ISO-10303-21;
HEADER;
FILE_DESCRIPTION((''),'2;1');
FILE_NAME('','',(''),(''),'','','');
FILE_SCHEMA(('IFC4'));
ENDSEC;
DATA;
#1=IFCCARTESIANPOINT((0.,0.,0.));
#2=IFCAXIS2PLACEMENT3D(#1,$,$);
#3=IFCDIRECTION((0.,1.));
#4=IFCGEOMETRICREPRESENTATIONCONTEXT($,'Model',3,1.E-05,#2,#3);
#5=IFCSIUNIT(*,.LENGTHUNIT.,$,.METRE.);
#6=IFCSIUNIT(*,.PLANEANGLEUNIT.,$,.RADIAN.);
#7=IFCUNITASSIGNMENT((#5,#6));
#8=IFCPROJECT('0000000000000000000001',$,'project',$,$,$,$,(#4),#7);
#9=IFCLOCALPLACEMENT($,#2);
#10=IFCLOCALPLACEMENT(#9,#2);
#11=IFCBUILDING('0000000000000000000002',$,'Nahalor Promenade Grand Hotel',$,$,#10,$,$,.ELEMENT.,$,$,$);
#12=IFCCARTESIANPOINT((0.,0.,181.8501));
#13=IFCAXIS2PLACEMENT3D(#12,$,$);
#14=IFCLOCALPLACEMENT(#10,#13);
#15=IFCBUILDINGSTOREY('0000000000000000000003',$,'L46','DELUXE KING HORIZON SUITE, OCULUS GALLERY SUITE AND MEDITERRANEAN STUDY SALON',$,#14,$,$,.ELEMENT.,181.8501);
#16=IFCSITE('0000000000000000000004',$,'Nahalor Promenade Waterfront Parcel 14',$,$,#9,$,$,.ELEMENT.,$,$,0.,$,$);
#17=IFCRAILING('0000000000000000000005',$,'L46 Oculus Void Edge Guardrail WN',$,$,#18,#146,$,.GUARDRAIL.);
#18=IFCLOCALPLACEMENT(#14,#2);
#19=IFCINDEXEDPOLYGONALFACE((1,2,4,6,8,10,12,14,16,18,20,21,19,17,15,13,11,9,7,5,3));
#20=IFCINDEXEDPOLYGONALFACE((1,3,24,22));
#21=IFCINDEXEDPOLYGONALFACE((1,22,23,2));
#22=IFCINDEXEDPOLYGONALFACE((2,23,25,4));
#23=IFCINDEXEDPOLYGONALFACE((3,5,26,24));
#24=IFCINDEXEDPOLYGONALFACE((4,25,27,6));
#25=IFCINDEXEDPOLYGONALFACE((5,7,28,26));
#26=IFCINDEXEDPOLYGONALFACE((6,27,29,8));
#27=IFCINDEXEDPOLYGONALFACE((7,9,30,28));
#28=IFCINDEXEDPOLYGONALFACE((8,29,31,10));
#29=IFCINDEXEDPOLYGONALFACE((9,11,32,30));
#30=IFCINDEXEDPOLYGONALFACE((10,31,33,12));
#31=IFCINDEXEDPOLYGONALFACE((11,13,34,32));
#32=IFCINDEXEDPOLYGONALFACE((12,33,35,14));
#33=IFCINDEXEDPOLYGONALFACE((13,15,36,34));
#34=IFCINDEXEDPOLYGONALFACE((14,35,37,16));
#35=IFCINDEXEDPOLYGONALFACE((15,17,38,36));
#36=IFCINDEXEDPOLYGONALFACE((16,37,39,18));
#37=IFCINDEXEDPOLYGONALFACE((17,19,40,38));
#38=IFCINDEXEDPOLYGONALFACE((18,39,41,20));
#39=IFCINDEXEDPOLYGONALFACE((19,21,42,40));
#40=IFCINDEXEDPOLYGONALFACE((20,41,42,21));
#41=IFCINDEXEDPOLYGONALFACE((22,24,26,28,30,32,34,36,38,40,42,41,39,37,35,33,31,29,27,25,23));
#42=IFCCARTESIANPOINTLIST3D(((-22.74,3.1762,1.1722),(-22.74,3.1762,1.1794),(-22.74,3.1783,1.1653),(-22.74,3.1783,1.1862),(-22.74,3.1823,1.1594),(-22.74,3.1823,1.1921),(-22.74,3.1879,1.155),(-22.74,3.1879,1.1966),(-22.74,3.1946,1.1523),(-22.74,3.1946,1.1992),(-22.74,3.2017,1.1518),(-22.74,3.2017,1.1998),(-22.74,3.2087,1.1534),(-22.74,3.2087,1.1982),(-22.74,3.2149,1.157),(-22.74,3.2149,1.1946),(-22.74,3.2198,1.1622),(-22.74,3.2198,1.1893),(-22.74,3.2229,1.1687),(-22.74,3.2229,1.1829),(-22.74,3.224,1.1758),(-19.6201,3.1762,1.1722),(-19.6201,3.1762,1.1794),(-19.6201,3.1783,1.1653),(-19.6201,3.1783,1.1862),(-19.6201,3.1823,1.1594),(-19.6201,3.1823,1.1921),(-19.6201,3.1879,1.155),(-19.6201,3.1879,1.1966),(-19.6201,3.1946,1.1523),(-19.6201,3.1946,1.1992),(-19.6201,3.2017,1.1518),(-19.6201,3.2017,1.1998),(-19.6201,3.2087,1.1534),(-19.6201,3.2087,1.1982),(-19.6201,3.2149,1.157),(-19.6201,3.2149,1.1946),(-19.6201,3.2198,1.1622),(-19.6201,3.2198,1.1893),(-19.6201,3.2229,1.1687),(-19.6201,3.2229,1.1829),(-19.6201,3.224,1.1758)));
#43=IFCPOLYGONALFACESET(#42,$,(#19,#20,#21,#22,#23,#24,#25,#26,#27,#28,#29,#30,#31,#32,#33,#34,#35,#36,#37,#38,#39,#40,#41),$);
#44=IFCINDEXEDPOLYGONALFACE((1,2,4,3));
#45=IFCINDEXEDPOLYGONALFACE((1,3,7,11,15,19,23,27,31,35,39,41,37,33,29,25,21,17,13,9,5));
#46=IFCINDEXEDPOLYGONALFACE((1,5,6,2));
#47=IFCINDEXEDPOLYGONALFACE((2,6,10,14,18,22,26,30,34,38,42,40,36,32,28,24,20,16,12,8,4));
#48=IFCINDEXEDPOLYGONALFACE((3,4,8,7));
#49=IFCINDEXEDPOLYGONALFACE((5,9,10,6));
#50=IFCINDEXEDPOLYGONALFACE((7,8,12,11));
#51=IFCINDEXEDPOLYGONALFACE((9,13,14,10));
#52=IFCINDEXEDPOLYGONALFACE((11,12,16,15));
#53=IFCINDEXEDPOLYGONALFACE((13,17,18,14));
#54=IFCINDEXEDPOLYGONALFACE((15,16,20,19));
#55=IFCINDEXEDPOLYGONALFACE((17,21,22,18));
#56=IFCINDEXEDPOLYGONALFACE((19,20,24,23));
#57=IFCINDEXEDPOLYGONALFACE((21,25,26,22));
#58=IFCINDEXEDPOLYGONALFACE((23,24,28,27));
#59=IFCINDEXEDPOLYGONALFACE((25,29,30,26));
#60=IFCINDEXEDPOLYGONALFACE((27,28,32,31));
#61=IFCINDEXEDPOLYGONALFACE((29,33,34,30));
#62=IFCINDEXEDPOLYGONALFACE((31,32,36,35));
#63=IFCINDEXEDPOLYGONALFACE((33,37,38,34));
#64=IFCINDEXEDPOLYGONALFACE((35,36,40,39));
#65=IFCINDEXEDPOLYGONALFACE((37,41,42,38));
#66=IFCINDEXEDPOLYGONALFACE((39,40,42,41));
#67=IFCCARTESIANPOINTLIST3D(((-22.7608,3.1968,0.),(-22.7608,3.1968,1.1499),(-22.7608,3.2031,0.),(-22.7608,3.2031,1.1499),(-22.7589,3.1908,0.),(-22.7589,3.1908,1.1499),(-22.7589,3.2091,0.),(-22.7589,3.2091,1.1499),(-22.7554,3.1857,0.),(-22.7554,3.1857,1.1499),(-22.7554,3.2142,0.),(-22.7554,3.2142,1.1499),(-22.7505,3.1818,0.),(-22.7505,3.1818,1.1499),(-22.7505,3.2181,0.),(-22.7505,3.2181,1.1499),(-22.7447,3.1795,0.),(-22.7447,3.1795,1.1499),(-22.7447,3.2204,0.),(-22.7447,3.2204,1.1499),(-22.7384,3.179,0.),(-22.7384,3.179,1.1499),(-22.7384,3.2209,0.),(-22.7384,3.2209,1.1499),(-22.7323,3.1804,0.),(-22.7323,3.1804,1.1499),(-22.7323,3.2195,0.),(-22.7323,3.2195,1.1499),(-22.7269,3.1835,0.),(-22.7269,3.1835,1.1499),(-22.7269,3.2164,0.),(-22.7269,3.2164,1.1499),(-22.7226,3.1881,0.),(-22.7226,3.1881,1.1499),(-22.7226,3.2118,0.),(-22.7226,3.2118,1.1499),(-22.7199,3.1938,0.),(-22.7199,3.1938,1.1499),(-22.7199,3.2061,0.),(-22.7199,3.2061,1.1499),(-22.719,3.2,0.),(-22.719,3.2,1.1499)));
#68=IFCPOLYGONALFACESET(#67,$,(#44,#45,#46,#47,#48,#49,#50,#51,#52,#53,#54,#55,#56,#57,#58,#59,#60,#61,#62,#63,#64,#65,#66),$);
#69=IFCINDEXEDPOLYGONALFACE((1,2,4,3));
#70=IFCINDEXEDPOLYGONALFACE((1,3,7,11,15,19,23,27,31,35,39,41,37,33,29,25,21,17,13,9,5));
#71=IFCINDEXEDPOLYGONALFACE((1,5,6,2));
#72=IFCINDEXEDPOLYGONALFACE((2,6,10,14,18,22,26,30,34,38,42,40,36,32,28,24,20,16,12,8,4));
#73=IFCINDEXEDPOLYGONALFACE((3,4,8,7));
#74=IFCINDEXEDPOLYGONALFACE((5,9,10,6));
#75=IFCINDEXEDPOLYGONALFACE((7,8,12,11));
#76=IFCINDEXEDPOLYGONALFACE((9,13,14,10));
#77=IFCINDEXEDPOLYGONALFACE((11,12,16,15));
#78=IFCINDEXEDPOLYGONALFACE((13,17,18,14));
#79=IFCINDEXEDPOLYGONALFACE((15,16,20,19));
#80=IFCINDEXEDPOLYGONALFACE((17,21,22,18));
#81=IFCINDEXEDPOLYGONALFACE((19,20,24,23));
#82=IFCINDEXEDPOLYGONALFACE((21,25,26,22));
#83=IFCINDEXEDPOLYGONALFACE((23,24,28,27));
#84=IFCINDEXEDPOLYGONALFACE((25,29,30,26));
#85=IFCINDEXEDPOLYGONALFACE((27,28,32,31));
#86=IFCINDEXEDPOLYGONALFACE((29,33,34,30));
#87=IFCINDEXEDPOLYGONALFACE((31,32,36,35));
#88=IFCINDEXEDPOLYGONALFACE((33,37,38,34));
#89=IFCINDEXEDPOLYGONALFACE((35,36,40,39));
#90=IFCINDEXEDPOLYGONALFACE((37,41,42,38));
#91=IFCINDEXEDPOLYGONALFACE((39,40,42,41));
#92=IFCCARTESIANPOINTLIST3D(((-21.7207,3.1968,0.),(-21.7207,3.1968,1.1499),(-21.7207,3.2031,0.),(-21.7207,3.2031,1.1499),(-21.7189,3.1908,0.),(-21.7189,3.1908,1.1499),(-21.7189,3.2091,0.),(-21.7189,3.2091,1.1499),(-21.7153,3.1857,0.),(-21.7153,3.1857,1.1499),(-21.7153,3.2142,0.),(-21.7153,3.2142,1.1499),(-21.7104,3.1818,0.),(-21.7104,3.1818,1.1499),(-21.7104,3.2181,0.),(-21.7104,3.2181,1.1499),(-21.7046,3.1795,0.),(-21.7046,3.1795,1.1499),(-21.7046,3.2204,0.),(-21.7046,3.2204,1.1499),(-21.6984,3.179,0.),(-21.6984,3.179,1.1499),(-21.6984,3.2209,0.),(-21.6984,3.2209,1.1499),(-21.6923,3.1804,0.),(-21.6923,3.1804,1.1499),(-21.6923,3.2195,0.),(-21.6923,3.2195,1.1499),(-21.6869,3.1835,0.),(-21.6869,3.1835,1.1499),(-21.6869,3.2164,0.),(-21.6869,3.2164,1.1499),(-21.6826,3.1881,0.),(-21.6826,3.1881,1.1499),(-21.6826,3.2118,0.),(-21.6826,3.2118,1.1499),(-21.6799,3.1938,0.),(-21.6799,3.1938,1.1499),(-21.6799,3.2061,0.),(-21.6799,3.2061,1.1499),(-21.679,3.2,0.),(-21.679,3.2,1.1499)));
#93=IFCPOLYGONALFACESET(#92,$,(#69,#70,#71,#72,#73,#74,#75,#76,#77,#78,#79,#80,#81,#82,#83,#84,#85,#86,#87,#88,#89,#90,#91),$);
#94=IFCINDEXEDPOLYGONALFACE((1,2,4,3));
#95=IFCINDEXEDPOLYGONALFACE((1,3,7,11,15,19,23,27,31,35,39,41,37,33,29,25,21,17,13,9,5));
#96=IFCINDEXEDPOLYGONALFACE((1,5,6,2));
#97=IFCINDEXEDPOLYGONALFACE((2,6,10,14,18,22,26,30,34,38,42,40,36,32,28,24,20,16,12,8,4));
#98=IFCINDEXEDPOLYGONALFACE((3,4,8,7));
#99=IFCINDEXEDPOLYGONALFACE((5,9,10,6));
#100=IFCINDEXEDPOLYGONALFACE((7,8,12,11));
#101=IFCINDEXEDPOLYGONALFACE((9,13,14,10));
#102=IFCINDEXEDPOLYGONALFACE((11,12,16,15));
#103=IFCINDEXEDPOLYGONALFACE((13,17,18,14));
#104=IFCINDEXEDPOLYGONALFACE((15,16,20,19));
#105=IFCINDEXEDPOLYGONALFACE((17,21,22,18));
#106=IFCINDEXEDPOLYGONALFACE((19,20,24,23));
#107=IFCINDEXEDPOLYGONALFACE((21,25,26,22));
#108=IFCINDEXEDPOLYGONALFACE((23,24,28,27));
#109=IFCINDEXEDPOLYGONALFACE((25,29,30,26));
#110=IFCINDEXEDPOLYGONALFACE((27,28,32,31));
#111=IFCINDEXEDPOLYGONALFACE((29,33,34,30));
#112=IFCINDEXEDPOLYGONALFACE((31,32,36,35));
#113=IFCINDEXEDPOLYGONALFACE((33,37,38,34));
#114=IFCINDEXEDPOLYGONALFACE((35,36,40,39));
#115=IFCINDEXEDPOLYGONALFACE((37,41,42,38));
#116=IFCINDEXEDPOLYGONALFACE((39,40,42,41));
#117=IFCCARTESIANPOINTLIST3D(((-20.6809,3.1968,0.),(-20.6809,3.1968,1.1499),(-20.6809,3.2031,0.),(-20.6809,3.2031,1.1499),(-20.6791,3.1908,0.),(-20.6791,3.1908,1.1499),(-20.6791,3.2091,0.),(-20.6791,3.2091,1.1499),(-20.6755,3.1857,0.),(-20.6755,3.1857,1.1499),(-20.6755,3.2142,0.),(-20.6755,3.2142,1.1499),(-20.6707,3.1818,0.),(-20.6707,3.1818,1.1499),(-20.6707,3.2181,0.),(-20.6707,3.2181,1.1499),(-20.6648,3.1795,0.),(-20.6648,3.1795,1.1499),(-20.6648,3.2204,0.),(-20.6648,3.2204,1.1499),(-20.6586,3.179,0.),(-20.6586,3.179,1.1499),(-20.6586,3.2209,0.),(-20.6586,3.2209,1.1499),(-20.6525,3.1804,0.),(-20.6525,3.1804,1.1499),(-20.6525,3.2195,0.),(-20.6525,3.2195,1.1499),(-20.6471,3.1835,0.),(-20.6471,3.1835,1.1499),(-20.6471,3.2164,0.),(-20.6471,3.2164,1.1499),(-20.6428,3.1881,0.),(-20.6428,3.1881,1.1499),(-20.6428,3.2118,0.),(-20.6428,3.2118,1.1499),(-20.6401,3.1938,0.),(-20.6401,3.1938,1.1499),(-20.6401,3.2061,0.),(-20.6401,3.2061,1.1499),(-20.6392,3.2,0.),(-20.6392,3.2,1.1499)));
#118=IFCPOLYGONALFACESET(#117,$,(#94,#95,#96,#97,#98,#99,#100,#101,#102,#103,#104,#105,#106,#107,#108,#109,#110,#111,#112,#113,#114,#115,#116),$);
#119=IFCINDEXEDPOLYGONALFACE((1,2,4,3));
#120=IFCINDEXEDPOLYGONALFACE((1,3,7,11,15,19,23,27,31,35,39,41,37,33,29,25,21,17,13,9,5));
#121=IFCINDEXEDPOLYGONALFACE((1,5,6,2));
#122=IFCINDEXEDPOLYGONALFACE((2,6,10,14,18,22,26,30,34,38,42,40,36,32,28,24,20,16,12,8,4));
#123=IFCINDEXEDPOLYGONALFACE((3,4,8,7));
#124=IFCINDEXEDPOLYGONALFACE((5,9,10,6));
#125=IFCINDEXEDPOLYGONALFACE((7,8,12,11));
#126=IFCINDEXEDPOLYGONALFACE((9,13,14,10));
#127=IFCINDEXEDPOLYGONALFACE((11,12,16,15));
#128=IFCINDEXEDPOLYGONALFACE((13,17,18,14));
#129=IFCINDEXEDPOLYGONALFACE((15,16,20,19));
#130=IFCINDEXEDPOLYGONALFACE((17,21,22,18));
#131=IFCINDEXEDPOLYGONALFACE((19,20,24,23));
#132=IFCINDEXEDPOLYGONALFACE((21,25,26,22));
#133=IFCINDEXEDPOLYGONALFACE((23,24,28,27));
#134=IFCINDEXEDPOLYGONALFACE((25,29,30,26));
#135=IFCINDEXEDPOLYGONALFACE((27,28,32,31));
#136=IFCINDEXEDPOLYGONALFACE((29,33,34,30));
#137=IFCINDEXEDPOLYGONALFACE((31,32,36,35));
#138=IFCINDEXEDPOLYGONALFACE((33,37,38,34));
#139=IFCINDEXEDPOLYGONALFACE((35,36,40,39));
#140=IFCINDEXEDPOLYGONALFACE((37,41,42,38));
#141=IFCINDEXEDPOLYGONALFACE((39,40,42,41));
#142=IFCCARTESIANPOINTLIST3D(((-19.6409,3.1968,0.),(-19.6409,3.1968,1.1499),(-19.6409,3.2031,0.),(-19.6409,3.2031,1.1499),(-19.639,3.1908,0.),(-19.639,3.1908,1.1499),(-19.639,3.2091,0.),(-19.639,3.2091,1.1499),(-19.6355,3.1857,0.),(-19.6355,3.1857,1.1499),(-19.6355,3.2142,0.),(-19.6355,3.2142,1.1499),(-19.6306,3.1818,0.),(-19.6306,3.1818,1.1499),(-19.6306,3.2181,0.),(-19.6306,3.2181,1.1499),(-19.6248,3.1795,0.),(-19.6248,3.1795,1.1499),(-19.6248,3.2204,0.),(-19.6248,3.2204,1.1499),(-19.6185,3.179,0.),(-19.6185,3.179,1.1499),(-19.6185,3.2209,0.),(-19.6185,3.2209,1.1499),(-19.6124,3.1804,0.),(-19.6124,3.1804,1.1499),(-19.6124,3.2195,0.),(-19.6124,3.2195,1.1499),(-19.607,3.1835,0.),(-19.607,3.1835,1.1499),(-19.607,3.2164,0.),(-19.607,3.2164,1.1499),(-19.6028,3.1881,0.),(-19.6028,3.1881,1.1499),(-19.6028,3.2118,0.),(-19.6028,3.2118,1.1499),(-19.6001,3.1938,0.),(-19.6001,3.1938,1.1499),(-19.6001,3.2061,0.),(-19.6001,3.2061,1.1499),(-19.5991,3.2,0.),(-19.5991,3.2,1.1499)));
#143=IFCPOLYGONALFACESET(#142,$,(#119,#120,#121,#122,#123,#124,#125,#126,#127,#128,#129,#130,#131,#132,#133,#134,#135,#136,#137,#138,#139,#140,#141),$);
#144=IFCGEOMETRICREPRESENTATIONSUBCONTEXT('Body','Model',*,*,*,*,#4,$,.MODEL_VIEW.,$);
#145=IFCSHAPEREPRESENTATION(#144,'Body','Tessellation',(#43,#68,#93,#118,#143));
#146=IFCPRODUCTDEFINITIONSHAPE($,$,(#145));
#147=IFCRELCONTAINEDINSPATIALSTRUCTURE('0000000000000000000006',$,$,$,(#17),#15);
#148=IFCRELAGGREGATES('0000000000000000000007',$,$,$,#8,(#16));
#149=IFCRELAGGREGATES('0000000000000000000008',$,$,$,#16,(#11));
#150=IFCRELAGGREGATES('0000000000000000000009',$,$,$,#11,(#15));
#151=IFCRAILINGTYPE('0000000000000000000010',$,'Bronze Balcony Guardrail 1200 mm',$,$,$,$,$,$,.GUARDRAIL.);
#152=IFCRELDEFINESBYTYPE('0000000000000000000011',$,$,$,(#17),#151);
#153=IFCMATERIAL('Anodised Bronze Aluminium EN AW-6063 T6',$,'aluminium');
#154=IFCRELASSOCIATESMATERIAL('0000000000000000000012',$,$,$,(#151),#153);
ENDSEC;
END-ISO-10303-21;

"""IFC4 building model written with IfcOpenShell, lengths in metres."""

from ifc_helpers import new_model, si_unit, direction, frame, origin, origin_2d, place, context, subcontext, project, spatial, circle, extrude, material, type_object, element, save


model = new_model("IFC4")

# Units and contexts
model_context = context("Model", 3, precision=1e-05, world=origin(), true_north=direction((0.0, 1.0)))
body_context = subcontext(model_context, "Body", "Model", "MODEL_VIEW")
ifc_project = project(units=[si_unit("LENGTHUNIT", "METRE"), si_unit("PLANEANGLEUNIT", "RADIAN")], contexts=[model_context])

# Site, building, storey
site_placement = place(None, origin())
site = spatial("IfcSite", under=ifc_project, at=site_placement, Name="Nahalor Promenade Waterfront Parcel 14", CompositionType="ELEMENT", RefElevation=0.0)
building_placement = place(site_placement, origin())
building = spatial("IfcBuilding", under=site, at=building_placement, Name="Nahalor Promenade Grand Hotel", CompositionType="ELEMENT")
storey_placement = place(building_placement, frame((0.0, 0.0, 181.8501)))
storey = spatial("IfcBuildingStorey", under=building, at=storey_placement, Name="L46", Description="DELUXE KING HORIZON SUITE, OCULUS GALLERY SUITE AND MEDITERRANEAN STUDY SALON", CompositionType="ELEMENT", Elevation=181.8501)

# Shared definitions
ifc_material_1 = material(Name="Anodised Bronze Aluminium EN AW-6063 T6", Category="aluminium")

# Railing
railing_type = type_object("IfcRailingType", Name="Bronze Balcony Guardrail 1200 mm", PredefinedType="GUARDRAIL", material=ifc_material_1)
railing_1_placement = place(storey_placement, frame((-22.74, 3.2, 0.0)))
element("IfcRailing", 1, at=railing_1_placement, inside=storey, type_object=railing_type, Name="L46 Oculus Void Edge Guardrail WN", PredefinedType="GUARDRAIL", context=body_context, shape_type="SweptSolid", body=[
    extrude(circle(Radius=0.024, at=origin_2d()), frame((0.0, 0.0, 1.1758), z_axis=(1.0, 0.0, 0.0), x_axis=(0.0, 1.0, 0.0)), (0.0, 0.0, 1.0), 3.1199),
    extrude(circle(Radius=0.021, at=origin_2d()), origin(), (0.0, 0.0, 1.0), 1.1499),
    extrude(circle(Radius=0.021, at=origin_2d()), frame((1.04, 0.0, 0.0)), (0.0, 0.0, 1.0), 1.1499),
    extrude(circle(Radius=0.021, at=origin_2d()), frame((2.0798, 0.0, 0.0)), (0.0, 0.0, 1.0), 1.1499),
    extrude(circle(Radius=0.021, at=origin_2d()), frame((3.1199, 0.0, 0.0)), (0.0, 0.0, 1.0), 1.1499),
])

save(model, "model.ifc")
